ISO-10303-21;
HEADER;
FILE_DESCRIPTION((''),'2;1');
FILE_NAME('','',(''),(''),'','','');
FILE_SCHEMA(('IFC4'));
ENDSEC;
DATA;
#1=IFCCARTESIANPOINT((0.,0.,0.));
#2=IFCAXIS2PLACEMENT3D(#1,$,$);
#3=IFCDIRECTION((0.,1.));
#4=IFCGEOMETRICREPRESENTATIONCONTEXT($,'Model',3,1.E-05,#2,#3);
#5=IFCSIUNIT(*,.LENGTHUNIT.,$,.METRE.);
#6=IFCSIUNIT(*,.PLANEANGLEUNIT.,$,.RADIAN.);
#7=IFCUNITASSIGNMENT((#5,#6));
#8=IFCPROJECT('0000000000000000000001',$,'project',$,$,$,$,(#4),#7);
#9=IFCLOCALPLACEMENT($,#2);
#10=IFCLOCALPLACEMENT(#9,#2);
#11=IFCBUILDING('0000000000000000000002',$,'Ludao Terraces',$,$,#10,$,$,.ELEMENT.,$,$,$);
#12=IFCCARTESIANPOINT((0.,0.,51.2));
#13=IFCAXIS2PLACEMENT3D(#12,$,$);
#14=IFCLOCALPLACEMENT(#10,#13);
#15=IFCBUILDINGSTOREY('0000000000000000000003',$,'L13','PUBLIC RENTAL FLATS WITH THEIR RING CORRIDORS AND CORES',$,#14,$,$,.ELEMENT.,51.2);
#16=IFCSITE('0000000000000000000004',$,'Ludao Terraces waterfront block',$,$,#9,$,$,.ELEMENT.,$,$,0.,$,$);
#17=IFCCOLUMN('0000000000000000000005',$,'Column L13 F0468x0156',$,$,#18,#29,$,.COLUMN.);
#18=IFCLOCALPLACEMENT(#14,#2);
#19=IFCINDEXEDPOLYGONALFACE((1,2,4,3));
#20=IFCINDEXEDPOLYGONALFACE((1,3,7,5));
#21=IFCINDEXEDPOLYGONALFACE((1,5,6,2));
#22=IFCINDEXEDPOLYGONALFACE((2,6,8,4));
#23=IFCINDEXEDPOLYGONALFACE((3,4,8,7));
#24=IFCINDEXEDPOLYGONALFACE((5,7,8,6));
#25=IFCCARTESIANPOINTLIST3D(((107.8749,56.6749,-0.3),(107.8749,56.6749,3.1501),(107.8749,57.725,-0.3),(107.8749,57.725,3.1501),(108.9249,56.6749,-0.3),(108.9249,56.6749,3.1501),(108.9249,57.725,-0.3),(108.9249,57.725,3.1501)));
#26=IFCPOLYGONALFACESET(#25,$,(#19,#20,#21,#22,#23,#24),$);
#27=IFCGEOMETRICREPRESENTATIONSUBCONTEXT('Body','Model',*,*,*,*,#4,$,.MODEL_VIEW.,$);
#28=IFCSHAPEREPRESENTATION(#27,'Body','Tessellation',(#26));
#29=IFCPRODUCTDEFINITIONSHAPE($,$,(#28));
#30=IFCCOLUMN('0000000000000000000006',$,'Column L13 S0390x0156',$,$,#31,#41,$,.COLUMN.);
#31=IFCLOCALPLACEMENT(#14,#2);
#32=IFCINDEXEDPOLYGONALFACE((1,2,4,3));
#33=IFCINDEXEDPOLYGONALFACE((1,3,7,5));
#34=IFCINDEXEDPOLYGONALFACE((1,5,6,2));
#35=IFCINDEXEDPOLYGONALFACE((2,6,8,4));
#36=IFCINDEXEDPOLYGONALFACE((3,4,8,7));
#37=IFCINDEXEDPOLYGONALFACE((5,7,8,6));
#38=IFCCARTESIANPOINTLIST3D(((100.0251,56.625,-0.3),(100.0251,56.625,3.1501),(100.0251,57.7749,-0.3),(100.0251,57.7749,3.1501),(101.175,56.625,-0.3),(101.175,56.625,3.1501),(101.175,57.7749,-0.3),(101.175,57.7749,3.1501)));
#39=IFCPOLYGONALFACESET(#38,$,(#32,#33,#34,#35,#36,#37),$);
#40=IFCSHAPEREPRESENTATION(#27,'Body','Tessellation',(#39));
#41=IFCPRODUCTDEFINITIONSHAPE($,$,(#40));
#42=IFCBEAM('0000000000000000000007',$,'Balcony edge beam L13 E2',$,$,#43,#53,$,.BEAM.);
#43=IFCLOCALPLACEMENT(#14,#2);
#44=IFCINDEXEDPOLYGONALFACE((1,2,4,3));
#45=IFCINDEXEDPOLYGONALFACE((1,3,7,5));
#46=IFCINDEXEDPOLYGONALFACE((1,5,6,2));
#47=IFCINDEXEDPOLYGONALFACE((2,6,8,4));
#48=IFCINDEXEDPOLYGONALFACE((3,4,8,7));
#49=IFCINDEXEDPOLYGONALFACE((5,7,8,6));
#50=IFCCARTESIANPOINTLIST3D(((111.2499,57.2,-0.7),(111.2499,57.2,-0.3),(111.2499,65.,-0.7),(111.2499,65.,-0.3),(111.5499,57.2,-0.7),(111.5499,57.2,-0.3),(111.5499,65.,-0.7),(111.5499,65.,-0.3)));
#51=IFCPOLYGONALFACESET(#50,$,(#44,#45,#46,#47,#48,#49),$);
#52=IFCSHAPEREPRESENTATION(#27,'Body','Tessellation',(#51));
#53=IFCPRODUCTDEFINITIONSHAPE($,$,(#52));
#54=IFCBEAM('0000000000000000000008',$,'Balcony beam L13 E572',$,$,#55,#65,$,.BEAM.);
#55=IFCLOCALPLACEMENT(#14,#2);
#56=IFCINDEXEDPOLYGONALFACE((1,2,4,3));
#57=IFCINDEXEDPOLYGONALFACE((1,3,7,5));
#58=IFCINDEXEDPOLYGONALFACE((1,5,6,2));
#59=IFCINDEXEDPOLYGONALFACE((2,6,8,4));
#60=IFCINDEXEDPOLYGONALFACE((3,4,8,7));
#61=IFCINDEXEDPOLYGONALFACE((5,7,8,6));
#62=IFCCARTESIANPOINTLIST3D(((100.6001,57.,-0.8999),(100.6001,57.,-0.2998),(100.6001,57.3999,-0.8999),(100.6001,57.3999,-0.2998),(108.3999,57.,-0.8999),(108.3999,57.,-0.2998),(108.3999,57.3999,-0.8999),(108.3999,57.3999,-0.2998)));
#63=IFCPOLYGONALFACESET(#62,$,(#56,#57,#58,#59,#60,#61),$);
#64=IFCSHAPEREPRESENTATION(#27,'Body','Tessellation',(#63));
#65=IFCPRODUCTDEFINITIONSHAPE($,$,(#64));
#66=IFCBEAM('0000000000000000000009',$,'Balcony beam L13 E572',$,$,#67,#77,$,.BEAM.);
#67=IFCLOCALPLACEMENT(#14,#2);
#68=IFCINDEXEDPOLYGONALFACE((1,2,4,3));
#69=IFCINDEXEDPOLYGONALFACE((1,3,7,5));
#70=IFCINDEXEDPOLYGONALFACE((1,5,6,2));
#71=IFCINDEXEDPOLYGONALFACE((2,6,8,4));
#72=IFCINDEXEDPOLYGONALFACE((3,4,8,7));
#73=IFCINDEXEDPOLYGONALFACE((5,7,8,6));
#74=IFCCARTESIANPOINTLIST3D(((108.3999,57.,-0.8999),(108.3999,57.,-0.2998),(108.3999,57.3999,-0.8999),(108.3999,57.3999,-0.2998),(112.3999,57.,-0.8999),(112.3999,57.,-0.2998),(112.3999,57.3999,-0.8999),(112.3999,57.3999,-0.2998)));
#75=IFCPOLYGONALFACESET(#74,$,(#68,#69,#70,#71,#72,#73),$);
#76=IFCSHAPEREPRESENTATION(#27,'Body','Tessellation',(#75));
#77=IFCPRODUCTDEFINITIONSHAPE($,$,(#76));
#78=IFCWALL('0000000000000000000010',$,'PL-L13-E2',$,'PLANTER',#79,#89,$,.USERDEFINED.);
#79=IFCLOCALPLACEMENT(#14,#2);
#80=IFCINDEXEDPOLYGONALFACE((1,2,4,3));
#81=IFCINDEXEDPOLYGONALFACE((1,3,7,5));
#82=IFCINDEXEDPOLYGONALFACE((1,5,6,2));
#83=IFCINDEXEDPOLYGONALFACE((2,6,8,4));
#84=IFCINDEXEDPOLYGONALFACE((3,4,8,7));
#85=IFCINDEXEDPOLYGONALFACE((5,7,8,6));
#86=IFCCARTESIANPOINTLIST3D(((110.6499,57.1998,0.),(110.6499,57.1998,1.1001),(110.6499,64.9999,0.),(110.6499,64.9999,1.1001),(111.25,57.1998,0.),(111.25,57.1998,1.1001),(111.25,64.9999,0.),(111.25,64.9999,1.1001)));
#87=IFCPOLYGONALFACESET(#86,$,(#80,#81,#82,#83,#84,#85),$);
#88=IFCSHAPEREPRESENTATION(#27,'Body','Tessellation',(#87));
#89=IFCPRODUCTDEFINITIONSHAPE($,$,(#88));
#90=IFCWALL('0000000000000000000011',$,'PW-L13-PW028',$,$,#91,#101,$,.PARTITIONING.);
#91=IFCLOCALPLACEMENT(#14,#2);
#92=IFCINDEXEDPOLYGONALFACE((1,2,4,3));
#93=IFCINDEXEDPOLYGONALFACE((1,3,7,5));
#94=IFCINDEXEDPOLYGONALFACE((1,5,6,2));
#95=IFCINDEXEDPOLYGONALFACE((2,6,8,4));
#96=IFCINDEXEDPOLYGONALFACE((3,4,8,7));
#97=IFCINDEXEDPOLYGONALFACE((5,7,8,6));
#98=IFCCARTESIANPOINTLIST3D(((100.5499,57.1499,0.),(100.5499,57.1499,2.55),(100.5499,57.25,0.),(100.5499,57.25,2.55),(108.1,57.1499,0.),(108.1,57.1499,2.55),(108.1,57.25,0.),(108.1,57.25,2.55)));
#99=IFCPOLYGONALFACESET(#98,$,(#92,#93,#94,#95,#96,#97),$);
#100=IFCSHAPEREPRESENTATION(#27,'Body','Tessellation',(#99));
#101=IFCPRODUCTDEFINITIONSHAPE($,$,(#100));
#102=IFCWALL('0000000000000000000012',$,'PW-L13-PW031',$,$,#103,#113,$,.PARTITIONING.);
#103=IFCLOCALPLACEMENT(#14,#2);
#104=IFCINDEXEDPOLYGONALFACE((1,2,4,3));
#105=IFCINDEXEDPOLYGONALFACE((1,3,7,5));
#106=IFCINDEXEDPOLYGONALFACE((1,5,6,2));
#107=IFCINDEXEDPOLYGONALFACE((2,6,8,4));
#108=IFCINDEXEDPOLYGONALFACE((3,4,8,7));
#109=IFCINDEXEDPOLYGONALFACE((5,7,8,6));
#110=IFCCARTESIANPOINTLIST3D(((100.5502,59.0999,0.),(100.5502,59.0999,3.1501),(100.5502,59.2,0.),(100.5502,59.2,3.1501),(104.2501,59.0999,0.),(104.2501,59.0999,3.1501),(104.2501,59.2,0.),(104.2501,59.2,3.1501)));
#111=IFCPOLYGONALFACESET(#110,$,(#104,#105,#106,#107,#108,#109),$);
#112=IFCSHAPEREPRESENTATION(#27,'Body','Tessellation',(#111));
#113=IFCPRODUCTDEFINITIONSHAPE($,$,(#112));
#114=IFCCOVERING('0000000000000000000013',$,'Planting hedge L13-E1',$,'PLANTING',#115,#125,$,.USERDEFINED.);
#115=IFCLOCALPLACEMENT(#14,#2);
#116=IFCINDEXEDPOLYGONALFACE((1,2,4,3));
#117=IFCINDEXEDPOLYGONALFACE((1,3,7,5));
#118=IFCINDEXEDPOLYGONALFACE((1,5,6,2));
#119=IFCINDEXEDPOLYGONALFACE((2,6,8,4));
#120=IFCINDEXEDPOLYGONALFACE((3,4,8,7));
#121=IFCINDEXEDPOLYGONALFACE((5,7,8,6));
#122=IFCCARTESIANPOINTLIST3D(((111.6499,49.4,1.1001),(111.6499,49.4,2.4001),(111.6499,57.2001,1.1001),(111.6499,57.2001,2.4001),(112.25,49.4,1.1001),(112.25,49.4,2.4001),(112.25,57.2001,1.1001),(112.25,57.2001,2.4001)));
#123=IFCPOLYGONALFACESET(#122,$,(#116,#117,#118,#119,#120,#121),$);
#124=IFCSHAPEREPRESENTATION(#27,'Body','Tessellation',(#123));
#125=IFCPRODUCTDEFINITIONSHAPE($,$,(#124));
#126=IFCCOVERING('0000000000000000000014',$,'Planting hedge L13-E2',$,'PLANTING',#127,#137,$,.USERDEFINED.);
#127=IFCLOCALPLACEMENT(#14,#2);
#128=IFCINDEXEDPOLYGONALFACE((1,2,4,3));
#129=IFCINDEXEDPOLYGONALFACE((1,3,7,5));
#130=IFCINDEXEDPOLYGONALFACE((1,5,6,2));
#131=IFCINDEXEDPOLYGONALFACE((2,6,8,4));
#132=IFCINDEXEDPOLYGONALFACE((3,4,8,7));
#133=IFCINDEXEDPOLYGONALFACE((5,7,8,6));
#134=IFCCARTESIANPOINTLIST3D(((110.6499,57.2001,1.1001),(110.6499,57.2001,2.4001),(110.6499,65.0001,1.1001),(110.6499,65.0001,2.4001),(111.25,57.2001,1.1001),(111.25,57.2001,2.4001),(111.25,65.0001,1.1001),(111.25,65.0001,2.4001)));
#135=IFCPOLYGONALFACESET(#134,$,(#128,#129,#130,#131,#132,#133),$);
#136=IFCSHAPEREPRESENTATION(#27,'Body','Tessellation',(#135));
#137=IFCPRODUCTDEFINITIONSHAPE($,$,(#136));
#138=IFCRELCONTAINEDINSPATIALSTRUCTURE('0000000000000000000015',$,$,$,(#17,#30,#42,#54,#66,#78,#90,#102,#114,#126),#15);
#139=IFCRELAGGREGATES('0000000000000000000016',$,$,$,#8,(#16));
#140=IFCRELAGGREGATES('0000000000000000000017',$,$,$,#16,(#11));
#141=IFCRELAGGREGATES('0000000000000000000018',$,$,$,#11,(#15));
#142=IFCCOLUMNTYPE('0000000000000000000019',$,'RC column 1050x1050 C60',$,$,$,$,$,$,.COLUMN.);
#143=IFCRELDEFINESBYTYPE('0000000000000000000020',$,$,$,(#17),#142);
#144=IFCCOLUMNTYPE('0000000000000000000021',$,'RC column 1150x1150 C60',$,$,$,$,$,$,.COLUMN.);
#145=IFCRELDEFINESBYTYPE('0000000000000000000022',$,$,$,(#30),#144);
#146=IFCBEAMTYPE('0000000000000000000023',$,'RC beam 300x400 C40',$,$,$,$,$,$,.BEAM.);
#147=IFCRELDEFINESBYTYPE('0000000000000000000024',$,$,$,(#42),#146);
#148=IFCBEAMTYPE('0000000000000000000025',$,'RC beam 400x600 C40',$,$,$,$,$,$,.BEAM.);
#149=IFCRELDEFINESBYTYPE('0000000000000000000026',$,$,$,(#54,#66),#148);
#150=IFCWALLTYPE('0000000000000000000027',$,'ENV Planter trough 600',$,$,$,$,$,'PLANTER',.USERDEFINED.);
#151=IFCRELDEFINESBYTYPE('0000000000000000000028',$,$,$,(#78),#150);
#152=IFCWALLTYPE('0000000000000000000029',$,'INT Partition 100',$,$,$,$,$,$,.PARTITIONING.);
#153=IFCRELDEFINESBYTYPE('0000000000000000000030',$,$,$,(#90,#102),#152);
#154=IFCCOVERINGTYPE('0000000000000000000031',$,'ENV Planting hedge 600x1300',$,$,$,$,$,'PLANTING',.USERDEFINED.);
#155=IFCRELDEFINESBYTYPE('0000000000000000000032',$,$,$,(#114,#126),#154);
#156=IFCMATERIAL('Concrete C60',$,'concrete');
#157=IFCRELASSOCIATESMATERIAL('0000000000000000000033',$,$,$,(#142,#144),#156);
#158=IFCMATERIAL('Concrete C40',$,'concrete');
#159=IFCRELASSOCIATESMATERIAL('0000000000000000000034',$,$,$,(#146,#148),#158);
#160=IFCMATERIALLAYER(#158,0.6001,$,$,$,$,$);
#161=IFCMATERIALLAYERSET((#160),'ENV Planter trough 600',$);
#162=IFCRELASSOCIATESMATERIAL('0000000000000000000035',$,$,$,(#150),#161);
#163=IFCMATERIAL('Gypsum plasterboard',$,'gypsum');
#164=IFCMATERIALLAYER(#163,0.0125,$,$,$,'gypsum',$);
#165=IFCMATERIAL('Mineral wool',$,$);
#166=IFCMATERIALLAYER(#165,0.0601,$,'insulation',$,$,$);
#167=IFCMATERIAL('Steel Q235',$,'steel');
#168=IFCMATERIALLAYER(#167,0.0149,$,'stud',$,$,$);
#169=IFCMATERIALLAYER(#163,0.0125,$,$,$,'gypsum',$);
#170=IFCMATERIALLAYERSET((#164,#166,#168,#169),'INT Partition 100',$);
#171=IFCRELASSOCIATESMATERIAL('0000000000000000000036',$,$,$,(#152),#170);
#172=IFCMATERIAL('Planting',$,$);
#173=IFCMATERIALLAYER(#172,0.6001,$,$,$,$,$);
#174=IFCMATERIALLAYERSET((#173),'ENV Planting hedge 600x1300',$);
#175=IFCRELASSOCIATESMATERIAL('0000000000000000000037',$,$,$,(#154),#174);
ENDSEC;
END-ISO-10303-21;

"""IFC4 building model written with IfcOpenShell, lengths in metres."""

from ifc_helpers import new_model, si_unit, direction, frame, frame_2d, origin, origin_2d, place, context, subcontext, project, spatial, rectangle, extrude, material, layer, layer_set, material_profile, profile_set, type_object, element, save


model = new_model("IFC4")

# Units and contexts
model_context = context("Model", 3, precision=1e-05, world=origin(), true_north=direction((0.0, 1.0)))
body_context = subcontext(model_context, "Body", "Model", "MODEL_VIEW")
ifc_project = project(units=[si_unit("LENGTHUNIT", "METRE"), si_unit("PLANEANGLEUNIT", "RADIAN")], contexts=[model_context])

# Site, building, storey
site_placement = place(None, origin())
site = spatial("IfcSite", under=ifc_project, at=site_placement, Name="Ludao Terraces waterfront block", CompositionType="ELEMENT", RefElevation=0.0)
building_placement = place(site_placement, origin())
building = spatial("IfcBuilding", under=site, at=building_placement, Name="Ludao Terraces", CompositionType="ELEMENT")
storey_placement = place(building_placement, frame((0.0, 0.0, 51.2)))
storey = spatial("IfcBuildingStorey", under=building, at=storey_placement, Name="L13", Description="PUBLIC RENTAL FLATS WITH THEIR RING CORRIDORS AND CORES", CompositionType="ELEMENT", Elevation=51.2)

# Columns
ifc_material_1 = material(Name="Concrete C60", Category="concrete")
ifc_material_profile_1 = material_profile(ifc_material_1, rectangle(XDim=1.05, YDim=1.05, at=origin_2d()), Name="1050 X 1050")
ifc_profile_set_1 = profile_set([ifc_material_profile_1], Name="Concrete C60")
column_type_1 = type_object("IfcColumnType", Name="RC column 1050x1050 C60", PredefinedType="COLUMN", material=ifc_profile_set_1)
column_1_placement = place(storey_placement, frame((108.3999, 57.2, -0.3), z_axis=(0.0, 0.0, 1.0), x_axis=(1.0, 0.0, 0.0)))
element("IfcColumn", 1, at=column_1_placement, inside=storey, type_object=column_type_1, Name="Column L13 F0468x0156", PredefinedType="COLUMN", context=body_context, shape_type="SweptSolid", body=[
    extrude(rectangle(XDim=1.05, YDim=1.05, at=origin_2d()), origin(), (0.0, 0.0, 1.0), 3.4502),
])
ifc_material_profile_2 = material_profile(ifc_material_1, rectangle(XDim=1.1499, YDim=1.1499, at=origin_2d()), Name="1150 X 1150")
ifc_profile_set_2 = profile_set([ifc_material_profile_2], Name="Concrete C60")
column_type_2 = type_object("IfcColumnType", Name="RC column 1150x1150 C60", PredefinedType="COLUMN", material=ifc_profile_set_2)
column_2_placement = place(storey_placement, frame((100.6001, 57.2, -0.3), z_axis=(0.0, 0.0, 1.0), x_axis=(1.0, 0.0, 0.0)))
element("IfcColumn", 2, at=column_2_placement, inside=storey, type_object=column_type_2, Name="Column L13 S0390x0156", PredefinedType="COLUMN", context=body_context, shape_type="SweptSolid", body=[
    extrude(rectangle(XDim=1.1499, YDim=1.1499, at=origin_2d()), origin(), (0.0, 0.0, 1.0), 3.4502),
])

# Beams
ifc_material_2 = material(Name="Concrete C40", Category="concrete")
ifc_material_profile_3 = material_profile(ifc_material_2, rectangle(XDim=0.3, YDim=0.3999, at=origin_2d()), Name="300 X 400")
ifc_profile_set_3 = profile_set([ifc_material_profile_3], Name="Concrete C40")
beam_type_1 = type_object("IfcBeamType", Name="RC beam 300x400 C40", PredefinedType="BEAM", material=ifc_profile_set_3)
beam_1_placement = place(storey_placement, frame((111.3999, 57.2, -0.5), z_axis=(0.0, 1.0, 0.0), x_axis=(-1.0, 0.0, 0.0)))
element("IfcBeam", 3, at=beam_1_placement, inside=storey, type_object=beam_type_1, Name="Balcony edge beam L13 E2", PredefinedType="BEAM", context=body_context, shape_type="SweptSolid", body=[
    extrude(rectangle(XDim=0.3, YDim=0.3999, at=origin_2d()), origin(), (0.0, 0.0, 1.0), 7.8),
])
ifc_material_profile_4 = material_profile(ifc_material_2, rectangle(XDim=0.3999, YDim=0.6001, at=origin_2d()), Name="400 X 600")
ifc_profile_set_4 = profile_set([ifc_material_profile_4], Name="Concrete C40")
beam_type_2 = type_object("IfcBeamType", Name="RC beam 400x600 C40", PredefinedType="BEAM", material=ifc_profile_set_4)
beam_2_placement = place(storey_placement, frame((100.6001, 57.2, -0.5999), z_axis=(1.0, 0.0, 0.0), x_axis=(0.0, 1.0, 0.0)))
element("IfcBeam", 4, at=beam_2_placement, inside=storey, type_object=beam_type_2, Name="Balcony beam L13 E572", PredefinedType="BEAM", context=body_context, shape_type="SweptSolid", body=[
    extrude(rectangle(XDim=0.3999, YDim=0.6001, at=origin_2d()), origin(), (0.0, 0.0, 1.0), 7.7998),
])
beam_3_placement = place(storey_placement, frame((108.3999, 57.2, -0.5999), z_axis=(1.0, 0.0, 0.0), x_axis=(0.0, 1.0, 0.0)))
element("IfcBeam", 5, at=beam_3_placement, inside=storey, type_object=beam_type_2, Name="Balcony beam L13 E572", PredefinedType="BEAM", context=body_context, shape_type="SweptSolid", body=[
    extrude(rectangle(XDim=0.3999, YDim=0.6001, at=origin_2d()), origin(), (0.0, 0.0, 1.0), 4.0),
])

# Wall
ifc_layer_1 = layer(ifc_material_2, 0.6001)
ifc_layer_set_1 = layer_set([ifc_layer_1], Name="ENV Planter trough 600")
wall_type_1 = type_object("IfcWallType", Name="ENV Planter trough 600", ElementType="PLANTER", PredefinedType="USERDEFINED", material=ifc_layer_set_1)
wall_1_placement = place(storey_placement, frame((110.95, 57.2, 0.0), z_axis=(0.0, 0.0, 1.0), x_axis=(0.0, 1.0, 0.0)))
element("IfcWall", 6, at=wall_1_placement, inside=storey, type_object=wall_type_1, Name="PL-L13-E2", ObjectType="PLANTER", PredefinedType="USERDEFINED", context=body_context, shape_type="SweptSolid", body=[
    extrude(rectangle(XDim=7.8, YDim=0.6001, at=frame_2d((3.8999, 0.0))), origin(), (0.0, 0.0, 1.0), 1.1001),
])

# Shared definitions
ifc_material_3 = material(Name="Mineral wool")

# Walls
ifc_material_4 = material(Name="Gypsum plasterboard", Category="gypsum")
ifc_layer_2 = layer(ifc_material_4, 0.0125, Category="gypsum")
ifc_layer_3 = layer(ifc_material_3, 0.0601, Name="insulation")
ifc_material_5 = material(Name="Steel Q235", Category="steel")
ifc_layer_4 = layer(ifc_material_5, 0.0149, Name="stud")
ifc_layer_5 = layer(ifc_material_4, 0.0125, Category="gypsum")
ifc_layer_set_2 = layer_set([ifc_layer_2, ifc_layer_3, ifc_layer_4, ifc_layer_5], Name="INT Partition 100")
wall_type_2 = type_object("IfcWallType", Name="INT Partition 100", PredefinedType="PARTITIONING", material=ifc_layer_set_2)
wall_2_placement = place(storey_placement, frame((100.55, 57.2, 0.0), z_axis=(0.0, 0.0, 1.0), x_axis=(1.0, 0.0, 0.0)))
element("IfcWall", 7, at=wall_2_placement, inside=storey, type_object=wall_type_2, Name="PW-L13-PW028", PredefinedType="PARTITIONING", context=body_context, shape_type="SweptSolid", body=[
    extrude(rectangle(XDim=7.55, YDim=0.1001, at=frame_2d((3.7749, 0.0))), origin(), (0.0, 0.0, 1.0), 2.55),
])
wall_3_placement = place(storey_placement, frame((100.55, 59.1499, 0.0), z_axis=(0.0, 0.0, 1.0), x_axis=(1.0, 0.0, 0.0)))
element("IfcWall", 8, at=wall_3_placement, inside=storey, type_object=wall_type_2, Name="PW-L13-PW031", PredefinedType="PARTITIONING", context=body_context, shape_type="SweptSolid", body=[
    extrude(rectangle(XDim=3.7, YDim=0.1001, at=frame_2d((1.8501, 0.0))), origin(), (0.0, 0.0, 1.0), 3.1501),
])

# Coverings
ifc_material_6 = material(Name="Planting")
ifc_layer_6 = layer(ifc_material_6, 0.6001)
ifc_layer_set_3 = layer_set([ifc_layer_6], Name="ENV Planting hedge 600x1300")
covering_type = type_object("IfcCoveringType", Name="ENV Planting hedge 600x1300", ElementType="PLANTING", PredefinedType="USERDEFINED", material=ifc_layer_set_3)
for number, where, z_axis, x_axis, name in (
    (9, (111.95, 53.3, 1.1001), (0.0, 0.0, 1.0), (1.0, 0.0, 0.0), "Planting hedge L13-E1"),
    (10, (110.95, 61.1001, 1.1001), (0.0, 0.0, 1.0), (1.0, 0.0, 0.0), "Planting hedge L13-E2"),
):
    element("IfcCovering", number, at=place(storey_placement, frame(where, z_axis=z_axis, x_axis=x_axis)), inside=storey, type_object=covering_type, Name=name, ObjectType="PLANTING", PredefinedType="USERDEFINED", context=body_context, shape_type="SweptSolid", body=[
        extrude(rectangle(XDim=0.6001, YDim=7.8, at=origin_2d()), origin(), (0.0, 0.0, 1.0), 1.3),
    ])

save(model, "model.ifc")
